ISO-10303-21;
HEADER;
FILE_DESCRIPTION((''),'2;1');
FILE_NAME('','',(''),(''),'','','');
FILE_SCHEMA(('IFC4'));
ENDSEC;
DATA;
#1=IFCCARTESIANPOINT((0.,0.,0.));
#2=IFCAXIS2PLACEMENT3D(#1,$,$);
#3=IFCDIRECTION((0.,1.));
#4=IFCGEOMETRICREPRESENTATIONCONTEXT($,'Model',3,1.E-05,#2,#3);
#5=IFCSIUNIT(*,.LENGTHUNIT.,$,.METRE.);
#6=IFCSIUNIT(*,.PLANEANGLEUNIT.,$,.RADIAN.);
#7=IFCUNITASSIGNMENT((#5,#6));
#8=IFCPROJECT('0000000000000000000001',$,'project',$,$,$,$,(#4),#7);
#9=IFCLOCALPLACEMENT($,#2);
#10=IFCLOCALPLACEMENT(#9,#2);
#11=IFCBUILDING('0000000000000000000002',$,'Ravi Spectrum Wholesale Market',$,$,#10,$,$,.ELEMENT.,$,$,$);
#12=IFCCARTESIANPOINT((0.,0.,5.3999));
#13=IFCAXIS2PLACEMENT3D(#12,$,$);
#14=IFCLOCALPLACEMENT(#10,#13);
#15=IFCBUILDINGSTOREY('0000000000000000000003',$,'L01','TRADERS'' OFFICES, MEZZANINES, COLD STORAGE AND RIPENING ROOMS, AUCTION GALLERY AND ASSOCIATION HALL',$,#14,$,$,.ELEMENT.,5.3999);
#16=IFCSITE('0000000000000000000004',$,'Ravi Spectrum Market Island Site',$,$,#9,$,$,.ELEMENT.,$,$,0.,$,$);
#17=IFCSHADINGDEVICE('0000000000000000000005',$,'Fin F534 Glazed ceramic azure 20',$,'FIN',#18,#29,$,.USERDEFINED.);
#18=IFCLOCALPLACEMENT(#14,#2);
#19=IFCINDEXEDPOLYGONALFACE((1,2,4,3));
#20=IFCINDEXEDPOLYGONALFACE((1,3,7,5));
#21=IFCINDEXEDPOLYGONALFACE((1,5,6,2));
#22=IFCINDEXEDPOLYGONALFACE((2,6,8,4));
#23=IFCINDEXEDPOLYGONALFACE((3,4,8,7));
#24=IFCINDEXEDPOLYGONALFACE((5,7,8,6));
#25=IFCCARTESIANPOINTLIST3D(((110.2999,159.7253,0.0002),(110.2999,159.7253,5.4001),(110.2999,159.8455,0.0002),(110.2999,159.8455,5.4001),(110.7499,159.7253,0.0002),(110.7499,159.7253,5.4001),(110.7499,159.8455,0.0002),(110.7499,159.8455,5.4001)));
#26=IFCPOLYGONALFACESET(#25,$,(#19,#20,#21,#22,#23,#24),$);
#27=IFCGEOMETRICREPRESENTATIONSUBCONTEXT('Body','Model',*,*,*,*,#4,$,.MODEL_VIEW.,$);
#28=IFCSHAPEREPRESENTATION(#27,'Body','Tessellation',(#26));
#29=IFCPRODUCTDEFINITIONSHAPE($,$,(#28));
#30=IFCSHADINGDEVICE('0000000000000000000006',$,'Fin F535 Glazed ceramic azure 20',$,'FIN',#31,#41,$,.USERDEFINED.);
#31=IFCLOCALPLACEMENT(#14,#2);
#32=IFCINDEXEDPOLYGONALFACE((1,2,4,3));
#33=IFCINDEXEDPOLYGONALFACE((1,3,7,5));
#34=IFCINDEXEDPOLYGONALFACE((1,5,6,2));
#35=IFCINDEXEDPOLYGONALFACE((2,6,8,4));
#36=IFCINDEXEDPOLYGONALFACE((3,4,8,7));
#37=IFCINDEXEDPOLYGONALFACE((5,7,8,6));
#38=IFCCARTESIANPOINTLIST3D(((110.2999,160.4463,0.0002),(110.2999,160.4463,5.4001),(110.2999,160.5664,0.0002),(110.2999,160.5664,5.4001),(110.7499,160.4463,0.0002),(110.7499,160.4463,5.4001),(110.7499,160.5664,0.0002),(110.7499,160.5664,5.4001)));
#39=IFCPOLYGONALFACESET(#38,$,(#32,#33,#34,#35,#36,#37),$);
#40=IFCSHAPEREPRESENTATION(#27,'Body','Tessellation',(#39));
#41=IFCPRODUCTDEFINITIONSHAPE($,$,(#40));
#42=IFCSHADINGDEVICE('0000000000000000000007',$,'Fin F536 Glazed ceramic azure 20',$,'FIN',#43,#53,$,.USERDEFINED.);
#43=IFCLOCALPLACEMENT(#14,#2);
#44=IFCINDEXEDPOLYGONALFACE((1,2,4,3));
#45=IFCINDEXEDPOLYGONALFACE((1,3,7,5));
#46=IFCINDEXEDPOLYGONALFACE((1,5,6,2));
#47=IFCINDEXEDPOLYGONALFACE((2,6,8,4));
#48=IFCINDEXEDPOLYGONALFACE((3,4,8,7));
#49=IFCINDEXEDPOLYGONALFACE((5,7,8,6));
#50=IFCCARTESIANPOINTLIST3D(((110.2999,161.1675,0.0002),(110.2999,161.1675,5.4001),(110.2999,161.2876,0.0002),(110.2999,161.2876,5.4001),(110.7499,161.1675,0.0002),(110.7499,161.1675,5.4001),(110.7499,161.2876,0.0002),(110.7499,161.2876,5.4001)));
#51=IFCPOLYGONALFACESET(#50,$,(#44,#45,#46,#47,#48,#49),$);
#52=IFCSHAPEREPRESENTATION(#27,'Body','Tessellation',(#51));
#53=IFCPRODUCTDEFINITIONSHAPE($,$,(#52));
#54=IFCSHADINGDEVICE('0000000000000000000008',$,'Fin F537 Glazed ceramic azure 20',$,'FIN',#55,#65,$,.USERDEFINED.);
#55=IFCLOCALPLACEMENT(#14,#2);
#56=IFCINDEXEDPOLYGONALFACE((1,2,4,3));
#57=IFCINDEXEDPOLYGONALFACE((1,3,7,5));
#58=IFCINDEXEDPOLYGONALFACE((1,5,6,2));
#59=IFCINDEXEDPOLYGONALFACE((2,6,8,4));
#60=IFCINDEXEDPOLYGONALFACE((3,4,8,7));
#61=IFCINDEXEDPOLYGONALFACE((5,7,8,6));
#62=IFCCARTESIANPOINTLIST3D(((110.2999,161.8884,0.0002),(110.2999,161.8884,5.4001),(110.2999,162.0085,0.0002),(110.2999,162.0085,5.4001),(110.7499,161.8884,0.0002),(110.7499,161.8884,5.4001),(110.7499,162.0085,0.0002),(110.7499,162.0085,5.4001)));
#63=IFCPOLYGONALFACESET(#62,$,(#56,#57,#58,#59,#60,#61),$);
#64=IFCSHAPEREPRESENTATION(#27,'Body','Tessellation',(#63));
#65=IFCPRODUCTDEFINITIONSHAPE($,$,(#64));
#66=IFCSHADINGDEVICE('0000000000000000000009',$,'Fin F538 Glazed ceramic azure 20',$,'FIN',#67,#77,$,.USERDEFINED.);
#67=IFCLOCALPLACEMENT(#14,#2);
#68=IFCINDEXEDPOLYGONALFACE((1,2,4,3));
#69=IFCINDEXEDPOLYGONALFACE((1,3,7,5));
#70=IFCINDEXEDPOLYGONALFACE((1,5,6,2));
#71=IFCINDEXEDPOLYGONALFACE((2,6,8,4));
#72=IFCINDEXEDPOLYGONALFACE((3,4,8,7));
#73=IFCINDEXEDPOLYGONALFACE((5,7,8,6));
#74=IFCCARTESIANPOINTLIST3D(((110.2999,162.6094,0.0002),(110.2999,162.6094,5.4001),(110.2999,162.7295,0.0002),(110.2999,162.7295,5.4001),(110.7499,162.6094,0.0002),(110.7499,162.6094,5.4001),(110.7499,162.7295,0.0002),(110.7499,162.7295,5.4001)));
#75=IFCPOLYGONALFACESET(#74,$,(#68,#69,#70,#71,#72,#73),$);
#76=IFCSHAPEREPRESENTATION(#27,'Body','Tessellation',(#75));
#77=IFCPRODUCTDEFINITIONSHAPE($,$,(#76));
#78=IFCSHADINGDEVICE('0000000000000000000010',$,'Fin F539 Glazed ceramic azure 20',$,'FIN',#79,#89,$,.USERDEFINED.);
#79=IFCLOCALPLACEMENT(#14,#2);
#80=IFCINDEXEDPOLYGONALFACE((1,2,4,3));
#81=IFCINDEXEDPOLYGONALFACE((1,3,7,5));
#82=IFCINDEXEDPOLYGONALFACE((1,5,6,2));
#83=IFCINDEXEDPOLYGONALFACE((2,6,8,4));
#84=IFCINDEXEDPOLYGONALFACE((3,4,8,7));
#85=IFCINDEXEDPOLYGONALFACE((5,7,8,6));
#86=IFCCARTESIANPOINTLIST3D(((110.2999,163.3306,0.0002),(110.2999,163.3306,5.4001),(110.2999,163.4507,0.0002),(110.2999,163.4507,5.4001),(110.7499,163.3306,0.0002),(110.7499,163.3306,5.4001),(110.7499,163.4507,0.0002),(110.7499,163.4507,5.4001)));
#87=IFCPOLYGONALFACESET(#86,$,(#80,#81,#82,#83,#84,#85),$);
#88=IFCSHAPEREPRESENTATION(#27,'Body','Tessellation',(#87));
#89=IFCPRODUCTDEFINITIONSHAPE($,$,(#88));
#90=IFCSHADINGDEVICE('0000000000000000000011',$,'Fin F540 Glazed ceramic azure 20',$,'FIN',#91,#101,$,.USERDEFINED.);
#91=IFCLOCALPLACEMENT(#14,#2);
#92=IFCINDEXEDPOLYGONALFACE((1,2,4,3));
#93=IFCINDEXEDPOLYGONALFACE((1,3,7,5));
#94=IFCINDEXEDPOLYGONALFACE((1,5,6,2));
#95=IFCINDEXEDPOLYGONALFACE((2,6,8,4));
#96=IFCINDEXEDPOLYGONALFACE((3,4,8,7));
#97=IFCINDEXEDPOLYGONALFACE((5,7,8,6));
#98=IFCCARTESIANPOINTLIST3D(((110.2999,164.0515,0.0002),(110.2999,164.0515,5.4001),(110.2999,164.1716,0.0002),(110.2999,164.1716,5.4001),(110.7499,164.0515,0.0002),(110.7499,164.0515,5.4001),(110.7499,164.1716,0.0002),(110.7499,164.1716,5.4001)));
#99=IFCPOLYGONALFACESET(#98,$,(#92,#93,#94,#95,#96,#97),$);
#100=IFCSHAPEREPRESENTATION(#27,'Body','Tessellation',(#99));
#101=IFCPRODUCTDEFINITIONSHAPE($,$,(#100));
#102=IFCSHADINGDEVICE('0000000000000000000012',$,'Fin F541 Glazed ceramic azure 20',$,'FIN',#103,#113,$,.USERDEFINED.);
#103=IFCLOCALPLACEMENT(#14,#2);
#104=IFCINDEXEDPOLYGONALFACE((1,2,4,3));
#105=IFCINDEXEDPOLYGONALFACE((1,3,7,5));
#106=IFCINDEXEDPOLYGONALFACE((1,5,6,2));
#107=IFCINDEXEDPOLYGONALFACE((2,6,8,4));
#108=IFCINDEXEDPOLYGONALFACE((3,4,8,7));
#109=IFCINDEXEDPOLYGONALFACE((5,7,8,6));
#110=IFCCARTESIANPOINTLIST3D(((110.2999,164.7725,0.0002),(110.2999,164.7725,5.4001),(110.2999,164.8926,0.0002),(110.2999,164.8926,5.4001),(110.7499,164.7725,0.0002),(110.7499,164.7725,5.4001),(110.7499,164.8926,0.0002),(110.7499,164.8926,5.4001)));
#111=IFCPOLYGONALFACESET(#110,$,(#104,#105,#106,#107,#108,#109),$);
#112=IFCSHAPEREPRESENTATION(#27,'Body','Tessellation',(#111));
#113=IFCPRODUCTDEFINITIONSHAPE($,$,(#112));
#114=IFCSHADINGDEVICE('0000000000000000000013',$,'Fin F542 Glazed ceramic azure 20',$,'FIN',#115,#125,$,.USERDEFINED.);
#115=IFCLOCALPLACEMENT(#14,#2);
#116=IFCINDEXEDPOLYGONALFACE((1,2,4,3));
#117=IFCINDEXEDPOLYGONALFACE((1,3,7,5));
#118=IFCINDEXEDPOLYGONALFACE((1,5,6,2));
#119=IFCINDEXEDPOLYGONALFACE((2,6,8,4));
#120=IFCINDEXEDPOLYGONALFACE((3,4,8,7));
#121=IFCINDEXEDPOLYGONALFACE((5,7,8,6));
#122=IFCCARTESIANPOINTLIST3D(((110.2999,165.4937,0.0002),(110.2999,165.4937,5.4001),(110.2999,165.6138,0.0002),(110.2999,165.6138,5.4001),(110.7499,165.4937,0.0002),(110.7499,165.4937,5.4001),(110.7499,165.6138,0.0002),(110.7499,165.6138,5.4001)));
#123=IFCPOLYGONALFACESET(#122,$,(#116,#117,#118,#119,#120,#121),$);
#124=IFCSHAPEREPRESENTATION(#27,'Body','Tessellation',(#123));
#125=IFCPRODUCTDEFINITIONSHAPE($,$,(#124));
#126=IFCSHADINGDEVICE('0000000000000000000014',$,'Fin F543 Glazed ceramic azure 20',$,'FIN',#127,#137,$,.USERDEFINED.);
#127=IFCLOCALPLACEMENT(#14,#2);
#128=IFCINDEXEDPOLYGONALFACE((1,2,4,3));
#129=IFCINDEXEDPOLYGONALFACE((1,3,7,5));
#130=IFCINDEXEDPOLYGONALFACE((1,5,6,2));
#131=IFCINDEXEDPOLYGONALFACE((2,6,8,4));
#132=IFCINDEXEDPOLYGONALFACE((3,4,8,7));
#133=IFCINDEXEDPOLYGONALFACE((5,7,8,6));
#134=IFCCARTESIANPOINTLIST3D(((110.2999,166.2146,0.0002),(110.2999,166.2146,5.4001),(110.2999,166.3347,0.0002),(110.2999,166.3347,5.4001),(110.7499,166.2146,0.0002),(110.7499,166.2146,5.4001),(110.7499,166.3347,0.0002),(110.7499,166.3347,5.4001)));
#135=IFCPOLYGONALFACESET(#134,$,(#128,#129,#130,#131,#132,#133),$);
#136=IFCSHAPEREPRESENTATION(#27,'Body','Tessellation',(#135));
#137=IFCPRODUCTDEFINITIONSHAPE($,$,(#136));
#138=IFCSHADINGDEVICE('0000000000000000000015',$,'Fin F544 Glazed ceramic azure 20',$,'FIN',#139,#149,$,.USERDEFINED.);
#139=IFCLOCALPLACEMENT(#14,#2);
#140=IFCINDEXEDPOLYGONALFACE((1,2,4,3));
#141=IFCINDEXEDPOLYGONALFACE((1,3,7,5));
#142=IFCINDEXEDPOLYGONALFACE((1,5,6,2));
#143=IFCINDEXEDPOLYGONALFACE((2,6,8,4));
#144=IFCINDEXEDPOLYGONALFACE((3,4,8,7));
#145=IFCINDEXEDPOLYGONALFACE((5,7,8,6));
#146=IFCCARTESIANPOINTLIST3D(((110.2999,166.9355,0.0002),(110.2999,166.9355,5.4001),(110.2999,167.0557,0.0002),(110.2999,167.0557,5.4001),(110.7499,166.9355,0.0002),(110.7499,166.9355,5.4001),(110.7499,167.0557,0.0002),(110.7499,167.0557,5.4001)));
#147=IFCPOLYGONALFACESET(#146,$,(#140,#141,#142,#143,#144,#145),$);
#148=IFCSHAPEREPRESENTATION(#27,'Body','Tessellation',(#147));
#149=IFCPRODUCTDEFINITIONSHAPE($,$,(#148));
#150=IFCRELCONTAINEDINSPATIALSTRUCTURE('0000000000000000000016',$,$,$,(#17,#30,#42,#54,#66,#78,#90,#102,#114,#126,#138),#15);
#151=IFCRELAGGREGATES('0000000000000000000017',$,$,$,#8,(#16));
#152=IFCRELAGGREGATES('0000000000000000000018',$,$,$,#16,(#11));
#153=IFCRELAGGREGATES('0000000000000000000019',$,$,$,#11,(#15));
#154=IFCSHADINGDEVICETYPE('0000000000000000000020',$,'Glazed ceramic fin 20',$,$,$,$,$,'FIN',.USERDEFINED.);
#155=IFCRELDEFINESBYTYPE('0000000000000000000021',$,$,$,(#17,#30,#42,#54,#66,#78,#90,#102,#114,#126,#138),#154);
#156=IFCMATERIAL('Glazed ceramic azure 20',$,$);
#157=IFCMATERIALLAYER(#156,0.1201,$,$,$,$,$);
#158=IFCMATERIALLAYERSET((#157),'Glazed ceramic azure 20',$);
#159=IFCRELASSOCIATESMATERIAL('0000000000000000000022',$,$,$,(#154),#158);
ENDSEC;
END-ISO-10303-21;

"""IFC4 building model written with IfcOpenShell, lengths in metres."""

from ifc_helpers import new_model, si_unit, direction, frame, origin, origin_2d, place, context, subcontext, project, spatial, rectangle, extrude, material, layer, layer_set, type_object, element, save


model = new_model("IFC4")

# Units and contexts
model_context = context("Model", 3, precision=1e-05, world=origin(), true_north=direction((0.0, 1.0)))
body_context = subcontext(model_context, "Body", "Model", "MODEL_VIEW")
ifc_project = project(units=[si_unit("LENGTHUNIT", "METRE"), si_unit("PLANEANGLEUNIT", "RADIAN")], contexts=[model_context])

# Site, building, storey
site_placement = place(None, origin())
site = spatial("IfcSite", under=ifc_project, at=site_placement, Name="Ravi Spectrum Market Island Site", CompositionType="ELEMENT", RefElevation=0.0)
building_placement = place(site_placement, origin())
building = spatial("IfcBuilding", under=site, at=building_placement, Name="Ravi Spectrum Wholesale Market", CompositionType="ELEMENT")
storey_placement = place(building_placement, frame((0.0, 0.0, 5.3999)))
storey = spatial("IfcBuildingStorey", under=building, at=storey_placement, Name="L01", Description="TRADERS' OFFICES, MEZZANINES, COLD STORAGE AND RIPENING ROOMS, AUCTION GALLERY AND ASSOCIATION HALL", CompositionType="ELEMENT", Elevation=5.3999)

# Shading devices
ifc_material_1 = material(Name="Glazed ceramic azure 20")
ifc_layer_1 = layer(ifc_material_1, 0.1201)
ifc_layer_set_1 = layer_set([ifc_layer_1], Name="Glazed ceramic azure 20")
shading_device_type_1 = type_object("IfcShadingDeviceType", Name="Glazed ceramic fin 20", ElementType="FIN", PredefinedType="USERDEFINED", material=ifc_layer_set_1)
for number, where, z_axis, x_axis, name in (
    (1, (110.5249, 159.7854, 0.0002), (0.0, 0.0, 1.0), (0.0, 1.0, 0.0), "Fin F534 Glazed ceramic azure 20"),
    (2, (110.5249, 160.5063, 0.0002), (0.0, 0.0, 1.0), (0.0, 1.0, 0.0), "Fin F535 Glazed ceramic azure 20"),
    (3, (110.5249, 161.2275, 0.0002), (0.0, 0.0, 1.0), (0.0, 1.0, 0.0), "Fin F536 Glazed ceramic azure 20"),
    (4, (110.5249, 161.9485, 0.0002), (0.0, 0.0, 1.0), (0.0, 1.0, 0.0), "Fin F537 Glazed ceramic azure 20"),
    (5, (110.5249, 162.6694, 0.0002), (0.0, 0.0, 1.0), (0.0, 1.0, 0.0), "Fin F538 Glazed ceramic azure 20"),
    (6, (110.5249, 163.3906, 0.0002), (0.0, 0.0, 1.0), (0.0, 1.0, 0.0), "Fin F539 Glazed ceramic azure 20"),
    (7, (110.5249, 164.1116, 0.0002), (0.0, 0.0, 1.0), (0.0, 1.0, 0.0), "Fin F540 Glazed ceramic azure 20"),
    (8, (110.5249, 164.8325, 0.0002), (0.0, 0.0, 1.0), (0.0, 1.0, 0.0), "Fin F541 Glazed ceramic azure 20"),
    (9, (110.5249, 165.5537, 0.0002), (0.0, 0.0, 1.0), (0.0, 1.0, 0.0), "Fin F542 Glazed ceramic azure 20"),
    (10, (110.5249, 166.2747, 0.0002), (0.0, 0.0, 1.0), (0.0, 1.0, 0.0), "Fin F543 Glazed ceramic azure 20"),
    (11, (110.5249, 166.9956, 0.0002), (0.0, 0.0, 1.0), (0.0, 1.0, 0.0), "Fin F544 Glazed ceramic azure 20"),
):
    element("IfcShadingDevice", number, at=place(storey_placement, frame(where, z_axis=z_axis, x_axis=x_axis)), inside=storey, type_object=shading_device_type_1, Name=name, ObjectType="FIN", PredefinedType="USERDEFINED", context=body_context, shape_type="SweptSolid", body=[
        extrude(rectangle(XDim=0.1201, YDim=0.45, at=origin_2d()), origin(), (0.0, 0.0, 1.0), 5.3999),
    ])

save(model, "model.ifc")
